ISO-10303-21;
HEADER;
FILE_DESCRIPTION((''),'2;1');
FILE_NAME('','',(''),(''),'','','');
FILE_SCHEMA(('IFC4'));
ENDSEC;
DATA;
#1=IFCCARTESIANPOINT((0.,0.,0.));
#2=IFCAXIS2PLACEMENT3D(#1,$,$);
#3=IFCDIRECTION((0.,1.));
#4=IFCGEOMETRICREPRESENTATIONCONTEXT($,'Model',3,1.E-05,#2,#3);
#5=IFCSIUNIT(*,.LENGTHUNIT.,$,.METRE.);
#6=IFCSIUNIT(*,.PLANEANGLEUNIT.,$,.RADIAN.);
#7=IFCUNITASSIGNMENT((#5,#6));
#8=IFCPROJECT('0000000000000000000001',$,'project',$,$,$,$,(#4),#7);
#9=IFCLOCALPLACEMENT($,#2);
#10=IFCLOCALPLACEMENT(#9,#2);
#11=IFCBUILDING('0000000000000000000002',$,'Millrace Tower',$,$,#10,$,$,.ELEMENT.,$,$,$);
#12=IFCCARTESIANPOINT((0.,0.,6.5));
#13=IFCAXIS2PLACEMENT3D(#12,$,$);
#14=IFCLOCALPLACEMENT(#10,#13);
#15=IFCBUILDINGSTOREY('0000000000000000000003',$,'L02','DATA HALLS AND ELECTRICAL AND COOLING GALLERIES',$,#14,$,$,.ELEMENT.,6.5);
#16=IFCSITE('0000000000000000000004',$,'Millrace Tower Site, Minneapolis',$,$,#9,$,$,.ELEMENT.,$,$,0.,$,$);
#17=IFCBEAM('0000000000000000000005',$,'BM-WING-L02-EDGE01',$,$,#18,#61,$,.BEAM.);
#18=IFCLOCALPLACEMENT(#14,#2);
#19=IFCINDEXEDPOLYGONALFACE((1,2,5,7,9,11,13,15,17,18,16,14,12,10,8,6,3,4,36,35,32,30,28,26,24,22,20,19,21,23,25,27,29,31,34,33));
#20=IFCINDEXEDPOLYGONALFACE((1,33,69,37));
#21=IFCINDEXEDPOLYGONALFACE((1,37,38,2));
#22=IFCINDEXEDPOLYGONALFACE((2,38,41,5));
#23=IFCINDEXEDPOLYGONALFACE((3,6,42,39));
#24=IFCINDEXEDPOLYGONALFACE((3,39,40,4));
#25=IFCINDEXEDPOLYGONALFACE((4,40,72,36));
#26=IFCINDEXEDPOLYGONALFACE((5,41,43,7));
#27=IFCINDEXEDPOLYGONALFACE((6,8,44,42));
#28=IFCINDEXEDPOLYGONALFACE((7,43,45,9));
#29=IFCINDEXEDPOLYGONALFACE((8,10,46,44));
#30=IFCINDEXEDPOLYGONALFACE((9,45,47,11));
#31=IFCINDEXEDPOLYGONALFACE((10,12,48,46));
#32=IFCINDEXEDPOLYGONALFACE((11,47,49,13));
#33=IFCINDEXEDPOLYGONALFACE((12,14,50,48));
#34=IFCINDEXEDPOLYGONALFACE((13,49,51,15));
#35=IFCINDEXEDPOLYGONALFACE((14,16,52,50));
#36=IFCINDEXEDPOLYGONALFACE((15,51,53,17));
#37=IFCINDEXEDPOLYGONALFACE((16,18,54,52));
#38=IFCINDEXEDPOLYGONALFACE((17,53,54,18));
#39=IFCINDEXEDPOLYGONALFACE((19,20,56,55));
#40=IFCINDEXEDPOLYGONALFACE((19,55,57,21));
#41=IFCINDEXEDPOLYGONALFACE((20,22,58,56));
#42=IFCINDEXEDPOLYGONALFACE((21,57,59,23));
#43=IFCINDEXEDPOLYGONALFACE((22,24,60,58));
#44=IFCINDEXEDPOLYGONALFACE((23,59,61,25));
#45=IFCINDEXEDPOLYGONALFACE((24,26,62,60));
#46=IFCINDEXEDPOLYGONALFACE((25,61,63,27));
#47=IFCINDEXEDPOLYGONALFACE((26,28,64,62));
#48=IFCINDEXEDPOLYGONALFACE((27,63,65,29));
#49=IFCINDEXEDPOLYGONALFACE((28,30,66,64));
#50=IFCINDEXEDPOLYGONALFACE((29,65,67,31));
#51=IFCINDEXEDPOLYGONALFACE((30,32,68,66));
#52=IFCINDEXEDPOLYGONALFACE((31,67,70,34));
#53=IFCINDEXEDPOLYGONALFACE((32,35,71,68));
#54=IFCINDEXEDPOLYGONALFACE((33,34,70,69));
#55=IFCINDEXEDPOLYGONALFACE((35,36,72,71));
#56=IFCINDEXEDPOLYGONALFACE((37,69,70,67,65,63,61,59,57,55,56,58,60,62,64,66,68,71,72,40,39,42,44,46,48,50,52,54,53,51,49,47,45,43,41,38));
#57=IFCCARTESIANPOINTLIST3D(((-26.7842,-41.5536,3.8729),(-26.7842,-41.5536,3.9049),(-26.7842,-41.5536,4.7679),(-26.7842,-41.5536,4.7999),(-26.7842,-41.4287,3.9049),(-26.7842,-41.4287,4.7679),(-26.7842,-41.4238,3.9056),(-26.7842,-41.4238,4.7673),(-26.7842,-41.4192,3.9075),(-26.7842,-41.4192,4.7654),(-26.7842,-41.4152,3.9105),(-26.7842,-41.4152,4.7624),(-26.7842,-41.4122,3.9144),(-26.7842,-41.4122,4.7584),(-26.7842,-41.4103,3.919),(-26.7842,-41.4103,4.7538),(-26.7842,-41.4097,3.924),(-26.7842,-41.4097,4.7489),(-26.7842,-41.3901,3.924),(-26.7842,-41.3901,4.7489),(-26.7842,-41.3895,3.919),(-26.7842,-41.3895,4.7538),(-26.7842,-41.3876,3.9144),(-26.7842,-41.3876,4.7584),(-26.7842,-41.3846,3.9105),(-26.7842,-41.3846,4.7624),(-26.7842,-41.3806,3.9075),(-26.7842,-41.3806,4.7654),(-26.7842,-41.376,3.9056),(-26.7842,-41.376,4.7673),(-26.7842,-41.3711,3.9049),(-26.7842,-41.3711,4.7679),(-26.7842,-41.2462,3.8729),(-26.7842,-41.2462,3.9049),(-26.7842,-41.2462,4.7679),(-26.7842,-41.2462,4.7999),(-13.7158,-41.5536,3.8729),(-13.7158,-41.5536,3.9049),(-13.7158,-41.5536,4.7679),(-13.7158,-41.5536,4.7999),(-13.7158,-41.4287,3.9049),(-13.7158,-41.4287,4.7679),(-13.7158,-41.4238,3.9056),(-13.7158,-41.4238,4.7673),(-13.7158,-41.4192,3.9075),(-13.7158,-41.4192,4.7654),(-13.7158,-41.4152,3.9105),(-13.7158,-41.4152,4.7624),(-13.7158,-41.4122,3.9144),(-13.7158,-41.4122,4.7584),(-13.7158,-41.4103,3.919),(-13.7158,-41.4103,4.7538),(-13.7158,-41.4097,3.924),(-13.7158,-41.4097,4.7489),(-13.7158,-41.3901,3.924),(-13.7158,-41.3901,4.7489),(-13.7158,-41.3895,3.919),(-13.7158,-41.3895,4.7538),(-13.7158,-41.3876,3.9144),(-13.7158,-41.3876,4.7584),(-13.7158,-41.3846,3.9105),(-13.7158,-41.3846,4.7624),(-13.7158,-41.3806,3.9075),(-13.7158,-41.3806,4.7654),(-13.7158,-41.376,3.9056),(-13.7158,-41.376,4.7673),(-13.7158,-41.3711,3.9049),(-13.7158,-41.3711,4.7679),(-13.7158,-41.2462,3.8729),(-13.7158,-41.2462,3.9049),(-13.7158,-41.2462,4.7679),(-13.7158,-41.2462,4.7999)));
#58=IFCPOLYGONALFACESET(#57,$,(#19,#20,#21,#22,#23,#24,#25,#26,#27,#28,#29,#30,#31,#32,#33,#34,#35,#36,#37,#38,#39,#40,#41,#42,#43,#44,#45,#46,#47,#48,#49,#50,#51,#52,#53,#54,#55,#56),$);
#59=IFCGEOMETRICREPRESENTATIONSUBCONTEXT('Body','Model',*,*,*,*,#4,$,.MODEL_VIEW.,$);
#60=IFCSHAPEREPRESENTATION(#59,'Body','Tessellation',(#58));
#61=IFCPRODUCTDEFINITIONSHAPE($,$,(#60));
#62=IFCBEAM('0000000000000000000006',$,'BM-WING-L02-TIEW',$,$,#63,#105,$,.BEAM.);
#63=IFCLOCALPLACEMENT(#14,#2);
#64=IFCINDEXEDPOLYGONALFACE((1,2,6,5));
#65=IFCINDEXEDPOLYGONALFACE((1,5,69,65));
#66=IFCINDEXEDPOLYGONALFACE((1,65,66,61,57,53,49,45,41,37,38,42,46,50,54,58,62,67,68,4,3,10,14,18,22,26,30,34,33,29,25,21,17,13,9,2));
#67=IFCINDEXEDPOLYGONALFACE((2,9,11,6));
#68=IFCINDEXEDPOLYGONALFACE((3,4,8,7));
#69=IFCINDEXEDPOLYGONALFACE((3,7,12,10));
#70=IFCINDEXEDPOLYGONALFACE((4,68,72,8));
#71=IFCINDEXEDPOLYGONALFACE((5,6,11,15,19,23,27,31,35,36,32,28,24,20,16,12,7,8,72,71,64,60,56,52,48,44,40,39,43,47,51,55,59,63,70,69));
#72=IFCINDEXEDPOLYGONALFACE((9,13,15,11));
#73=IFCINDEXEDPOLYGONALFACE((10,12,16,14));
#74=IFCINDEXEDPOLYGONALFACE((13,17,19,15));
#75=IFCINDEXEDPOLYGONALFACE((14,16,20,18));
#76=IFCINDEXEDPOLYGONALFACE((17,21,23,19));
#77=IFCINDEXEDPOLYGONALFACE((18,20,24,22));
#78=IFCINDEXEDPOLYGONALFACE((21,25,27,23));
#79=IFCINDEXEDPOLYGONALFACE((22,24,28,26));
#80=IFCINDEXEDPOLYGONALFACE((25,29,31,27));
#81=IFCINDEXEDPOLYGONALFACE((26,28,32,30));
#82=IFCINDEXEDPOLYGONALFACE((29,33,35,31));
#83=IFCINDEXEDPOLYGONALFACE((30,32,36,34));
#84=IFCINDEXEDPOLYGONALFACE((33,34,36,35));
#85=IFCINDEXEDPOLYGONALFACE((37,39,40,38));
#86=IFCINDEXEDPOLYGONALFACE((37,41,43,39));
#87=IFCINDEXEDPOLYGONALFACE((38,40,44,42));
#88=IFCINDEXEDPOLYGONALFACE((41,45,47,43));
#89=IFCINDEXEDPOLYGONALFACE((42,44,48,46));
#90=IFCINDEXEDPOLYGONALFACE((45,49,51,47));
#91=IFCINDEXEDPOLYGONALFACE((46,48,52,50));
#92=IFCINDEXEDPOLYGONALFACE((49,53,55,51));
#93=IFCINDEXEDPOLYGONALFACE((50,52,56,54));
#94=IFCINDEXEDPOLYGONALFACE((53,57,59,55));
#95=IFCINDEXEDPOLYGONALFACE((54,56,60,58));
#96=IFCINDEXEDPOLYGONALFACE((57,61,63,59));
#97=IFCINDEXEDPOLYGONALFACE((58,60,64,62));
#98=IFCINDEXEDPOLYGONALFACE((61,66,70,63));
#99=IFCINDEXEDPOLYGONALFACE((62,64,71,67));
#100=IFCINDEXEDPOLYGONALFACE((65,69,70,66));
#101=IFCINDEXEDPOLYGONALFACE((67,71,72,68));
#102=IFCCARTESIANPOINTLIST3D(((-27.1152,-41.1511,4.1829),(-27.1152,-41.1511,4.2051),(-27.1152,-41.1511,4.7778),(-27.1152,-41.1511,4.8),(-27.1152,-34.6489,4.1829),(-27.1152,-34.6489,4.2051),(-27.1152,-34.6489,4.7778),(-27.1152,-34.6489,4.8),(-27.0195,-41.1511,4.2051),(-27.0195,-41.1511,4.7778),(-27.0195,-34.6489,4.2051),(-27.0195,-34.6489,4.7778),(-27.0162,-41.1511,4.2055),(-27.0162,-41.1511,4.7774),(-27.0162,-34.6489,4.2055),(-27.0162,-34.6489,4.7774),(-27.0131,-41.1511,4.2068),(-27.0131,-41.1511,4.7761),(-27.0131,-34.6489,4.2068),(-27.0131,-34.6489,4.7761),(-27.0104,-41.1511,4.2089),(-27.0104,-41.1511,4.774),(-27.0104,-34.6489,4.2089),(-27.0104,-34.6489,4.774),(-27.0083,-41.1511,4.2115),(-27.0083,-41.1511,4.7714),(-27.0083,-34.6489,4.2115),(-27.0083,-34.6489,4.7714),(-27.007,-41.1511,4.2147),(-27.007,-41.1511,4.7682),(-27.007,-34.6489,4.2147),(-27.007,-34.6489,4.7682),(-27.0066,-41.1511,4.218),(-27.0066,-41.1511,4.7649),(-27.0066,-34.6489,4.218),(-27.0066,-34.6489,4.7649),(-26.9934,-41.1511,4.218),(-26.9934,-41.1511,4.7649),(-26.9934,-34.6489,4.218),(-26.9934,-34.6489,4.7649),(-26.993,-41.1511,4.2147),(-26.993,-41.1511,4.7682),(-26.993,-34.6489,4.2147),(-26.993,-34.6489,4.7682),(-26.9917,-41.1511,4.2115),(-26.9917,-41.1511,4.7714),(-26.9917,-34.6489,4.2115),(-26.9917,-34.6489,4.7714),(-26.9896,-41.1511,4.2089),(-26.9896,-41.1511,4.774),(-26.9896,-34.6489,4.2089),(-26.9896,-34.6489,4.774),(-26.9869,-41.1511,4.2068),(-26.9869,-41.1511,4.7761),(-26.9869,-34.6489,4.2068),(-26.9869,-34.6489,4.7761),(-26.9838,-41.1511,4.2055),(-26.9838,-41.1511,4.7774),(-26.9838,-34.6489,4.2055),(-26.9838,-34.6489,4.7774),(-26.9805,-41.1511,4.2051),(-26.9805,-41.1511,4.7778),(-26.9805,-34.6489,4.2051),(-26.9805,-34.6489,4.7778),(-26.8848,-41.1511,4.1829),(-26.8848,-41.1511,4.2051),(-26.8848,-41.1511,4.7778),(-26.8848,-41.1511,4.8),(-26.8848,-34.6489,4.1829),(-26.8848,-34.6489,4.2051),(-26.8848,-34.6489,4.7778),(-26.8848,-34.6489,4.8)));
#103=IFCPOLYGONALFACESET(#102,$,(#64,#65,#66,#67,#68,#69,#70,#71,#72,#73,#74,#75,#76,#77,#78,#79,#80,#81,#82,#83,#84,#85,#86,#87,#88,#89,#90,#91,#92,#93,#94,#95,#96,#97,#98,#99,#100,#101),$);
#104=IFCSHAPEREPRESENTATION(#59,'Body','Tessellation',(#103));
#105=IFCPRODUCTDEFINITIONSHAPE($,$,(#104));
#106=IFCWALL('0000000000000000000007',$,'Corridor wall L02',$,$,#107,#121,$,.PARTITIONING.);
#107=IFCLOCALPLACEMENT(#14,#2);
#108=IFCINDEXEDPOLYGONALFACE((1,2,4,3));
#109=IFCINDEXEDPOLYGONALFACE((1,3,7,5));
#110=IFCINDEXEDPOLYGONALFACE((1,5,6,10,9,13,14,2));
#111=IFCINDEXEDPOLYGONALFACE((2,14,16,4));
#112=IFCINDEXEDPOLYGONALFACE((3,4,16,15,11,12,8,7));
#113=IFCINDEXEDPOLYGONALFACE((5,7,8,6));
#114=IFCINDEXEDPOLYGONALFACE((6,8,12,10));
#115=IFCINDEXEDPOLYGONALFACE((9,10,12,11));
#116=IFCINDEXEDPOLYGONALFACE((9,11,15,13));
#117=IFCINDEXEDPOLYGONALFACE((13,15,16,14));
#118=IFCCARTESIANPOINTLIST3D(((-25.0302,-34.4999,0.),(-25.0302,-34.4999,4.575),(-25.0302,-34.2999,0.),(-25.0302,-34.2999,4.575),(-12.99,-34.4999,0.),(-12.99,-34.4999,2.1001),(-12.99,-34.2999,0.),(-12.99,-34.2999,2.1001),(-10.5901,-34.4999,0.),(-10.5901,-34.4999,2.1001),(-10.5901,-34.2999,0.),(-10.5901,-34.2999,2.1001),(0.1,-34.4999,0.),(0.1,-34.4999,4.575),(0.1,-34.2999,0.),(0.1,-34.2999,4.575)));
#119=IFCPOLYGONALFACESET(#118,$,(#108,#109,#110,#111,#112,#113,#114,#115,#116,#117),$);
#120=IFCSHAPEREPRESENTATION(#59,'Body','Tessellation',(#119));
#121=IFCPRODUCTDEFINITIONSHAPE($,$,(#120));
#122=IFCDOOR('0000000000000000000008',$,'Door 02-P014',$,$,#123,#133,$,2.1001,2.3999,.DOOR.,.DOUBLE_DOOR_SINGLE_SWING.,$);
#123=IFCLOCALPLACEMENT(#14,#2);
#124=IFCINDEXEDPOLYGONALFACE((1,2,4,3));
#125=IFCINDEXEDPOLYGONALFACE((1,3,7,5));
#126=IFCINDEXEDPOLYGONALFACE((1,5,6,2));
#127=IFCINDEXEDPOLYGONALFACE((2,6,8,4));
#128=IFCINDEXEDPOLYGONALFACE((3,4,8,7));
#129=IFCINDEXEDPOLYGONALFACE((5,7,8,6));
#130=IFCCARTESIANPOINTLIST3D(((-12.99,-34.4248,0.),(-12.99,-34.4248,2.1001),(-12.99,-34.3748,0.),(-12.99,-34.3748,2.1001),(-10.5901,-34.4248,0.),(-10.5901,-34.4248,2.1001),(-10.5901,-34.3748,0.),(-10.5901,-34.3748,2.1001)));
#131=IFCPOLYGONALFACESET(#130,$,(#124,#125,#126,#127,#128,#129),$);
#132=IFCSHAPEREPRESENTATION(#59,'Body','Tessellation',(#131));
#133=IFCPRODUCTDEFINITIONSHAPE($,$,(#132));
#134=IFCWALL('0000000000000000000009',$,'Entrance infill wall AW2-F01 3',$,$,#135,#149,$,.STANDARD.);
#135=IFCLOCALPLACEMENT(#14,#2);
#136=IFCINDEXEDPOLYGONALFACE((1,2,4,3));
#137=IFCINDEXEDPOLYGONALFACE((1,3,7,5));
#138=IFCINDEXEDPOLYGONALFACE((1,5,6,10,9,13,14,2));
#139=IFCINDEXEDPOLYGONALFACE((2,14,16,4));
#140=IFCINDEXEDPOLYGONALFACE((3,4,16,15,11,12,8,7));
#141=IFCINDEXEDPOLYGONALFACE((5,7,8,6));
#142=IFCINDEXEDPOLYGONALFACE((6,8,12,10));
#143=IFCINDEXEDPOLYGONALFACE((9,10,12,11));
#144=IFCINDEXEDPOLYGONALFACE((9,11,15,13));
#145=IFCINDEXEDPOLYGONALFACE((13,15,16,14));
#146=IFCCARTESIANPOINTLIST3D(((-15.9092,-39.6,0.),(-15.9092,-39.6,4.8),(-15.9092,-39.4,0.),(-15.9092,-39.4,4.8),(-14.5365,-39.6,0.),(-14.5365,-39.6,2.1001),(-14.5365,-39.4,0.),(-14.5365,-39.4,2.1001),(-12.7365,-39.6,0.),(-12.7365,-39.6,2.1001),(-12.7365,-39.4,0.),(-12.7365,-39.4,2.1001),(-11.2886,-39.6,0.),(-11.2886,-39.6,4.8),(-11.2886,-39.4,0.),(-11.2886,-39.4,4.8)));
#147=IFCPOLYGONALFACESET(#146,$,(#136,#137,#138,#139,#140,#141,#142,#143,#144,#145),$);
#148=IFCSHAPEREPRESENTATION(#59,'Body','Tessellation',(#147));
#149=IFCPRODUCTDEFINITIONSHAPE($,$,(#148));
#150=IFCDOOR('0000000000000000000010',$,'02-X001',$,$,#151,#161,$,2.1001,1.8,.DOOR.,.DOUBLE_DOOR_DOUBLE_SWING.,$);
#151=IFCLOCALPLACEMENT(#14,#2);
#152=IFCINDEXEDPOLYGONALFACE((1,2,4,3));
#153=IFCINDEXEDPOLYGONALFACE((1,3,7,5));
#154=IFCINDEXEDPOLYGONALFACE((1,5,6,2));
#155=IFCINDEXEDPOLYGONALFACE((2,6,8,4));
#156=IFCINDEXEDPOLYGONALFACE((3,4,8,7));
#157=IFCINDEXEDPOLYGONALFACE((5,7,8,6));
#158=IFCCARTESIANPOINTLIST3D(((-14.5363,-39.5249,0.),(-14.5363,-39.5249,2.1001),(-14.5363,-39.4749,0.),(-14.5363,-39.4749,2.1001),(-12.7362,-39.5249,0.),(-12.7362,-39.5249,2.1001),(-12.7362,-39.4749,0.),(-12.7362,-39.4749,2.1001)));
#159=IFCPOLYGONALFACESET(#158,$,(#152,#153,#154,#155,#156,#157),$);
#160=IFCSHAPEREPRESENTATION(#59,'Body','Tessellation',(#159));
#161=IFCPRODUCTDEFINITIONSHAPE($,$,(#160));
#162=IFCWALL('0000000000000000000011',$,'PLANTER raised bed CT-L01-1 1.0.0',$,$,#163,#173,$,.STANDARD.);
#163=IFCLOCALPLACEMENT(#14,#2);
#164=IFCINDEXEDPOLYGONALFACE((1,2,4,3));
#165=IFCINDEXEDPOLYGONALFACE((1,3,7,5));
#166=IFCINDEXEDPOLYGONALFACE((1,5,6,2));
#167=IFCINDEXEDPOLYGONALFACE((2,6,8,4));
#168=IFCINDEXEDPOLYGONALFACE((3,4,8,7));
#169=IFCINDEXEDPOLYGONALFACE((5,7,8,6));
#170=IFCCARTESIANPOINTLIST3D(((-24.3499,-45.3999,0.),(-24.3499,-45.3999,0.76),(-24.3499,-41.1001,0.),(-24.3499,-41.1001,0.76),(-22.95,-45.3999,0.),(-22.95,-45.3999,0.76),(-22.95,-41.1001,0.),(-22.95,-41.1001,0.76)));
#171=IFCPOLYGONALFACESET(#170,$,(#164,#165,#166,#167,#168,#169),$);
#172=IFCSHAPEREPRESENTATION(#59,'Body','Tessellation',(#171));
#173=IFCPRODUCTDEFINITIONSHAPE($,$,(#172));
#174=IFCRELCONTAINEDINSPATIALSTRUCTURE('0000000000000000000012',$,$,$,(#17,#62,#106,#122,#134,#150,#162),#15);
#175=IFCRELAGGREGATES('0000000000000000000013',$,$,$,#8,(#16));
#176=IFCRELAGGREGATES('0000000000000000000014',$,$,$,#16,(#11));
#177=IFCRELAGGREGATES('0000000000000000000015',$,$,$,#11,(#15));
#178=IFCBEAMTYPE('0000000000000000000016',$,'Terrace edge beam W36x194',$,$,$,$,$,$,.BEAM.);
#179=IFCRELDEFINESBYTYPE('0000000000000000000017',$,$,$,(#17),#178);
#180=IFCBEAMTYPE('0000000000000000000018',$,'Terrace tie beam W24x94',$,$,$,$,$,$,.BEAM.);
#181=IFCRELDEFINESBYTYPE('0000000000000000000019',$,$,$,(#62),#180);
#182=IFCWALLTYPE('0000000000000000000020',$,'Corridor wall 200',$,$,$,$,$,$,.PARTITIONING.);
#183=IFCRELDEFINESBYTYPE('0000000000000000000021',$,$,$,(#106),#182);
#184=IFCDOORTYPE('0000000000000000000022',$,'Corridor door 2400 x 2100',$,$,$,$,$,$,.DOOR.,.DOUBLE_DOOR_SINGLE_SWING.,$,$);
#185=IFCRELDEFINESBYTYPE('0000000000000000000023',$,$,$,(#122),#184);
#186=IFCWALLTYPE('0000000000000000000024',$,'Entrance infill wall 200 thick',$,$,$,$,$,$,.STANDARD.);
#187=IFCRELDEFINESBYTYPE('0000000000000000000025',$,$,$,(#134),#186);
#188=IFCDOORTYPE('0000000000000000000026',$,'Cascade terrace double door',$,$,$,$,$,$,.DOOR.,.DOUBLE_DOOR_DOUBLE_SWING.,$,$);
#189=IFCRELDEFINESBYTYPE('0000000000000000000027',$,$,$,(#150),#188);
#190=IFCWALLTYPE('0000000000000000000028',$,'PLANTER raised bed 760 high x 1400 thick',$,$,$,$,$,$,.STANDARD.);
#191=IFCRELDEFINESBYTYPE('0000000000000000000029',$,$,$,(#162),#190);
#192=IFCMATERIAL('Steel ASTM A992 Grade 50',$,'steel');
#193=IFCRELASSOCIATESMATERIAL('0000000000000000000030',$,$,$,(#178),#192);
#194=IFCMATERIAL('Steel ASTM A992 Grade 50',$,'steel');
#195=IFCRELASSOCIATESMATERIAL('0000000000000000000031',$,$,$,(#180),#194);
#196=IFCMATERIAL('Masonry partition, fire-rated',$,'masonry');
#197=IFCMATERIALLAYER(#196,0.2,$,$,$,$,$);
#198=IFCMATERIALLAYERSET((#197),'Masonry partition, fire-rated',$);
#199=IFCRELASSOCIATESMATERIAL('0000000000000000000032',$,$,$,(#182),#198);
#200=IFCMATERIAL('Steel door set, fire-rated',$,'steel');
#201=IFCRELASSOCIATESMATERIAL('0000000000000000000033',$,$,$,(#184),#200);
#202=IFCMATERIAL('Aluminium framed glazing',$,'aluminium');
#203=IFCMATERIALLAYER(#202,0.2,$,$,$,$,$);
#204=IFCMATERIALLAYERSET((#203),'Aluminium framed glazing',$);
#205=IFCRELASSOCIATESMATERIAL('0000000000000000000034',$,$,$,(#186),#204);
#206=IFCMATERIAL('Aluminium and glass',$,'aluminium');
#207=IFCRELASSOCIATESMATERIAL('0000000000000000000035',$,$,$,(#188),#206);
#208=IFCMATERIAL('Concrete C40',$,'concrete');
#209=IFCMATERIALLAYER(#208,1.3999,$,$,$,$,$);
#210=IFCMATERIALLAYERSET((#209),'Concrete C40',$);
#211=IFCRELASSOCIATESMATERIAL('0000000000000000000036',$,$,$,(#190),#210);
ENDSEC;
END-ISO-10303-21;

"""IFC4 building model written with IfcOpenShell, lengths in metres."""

from ifc_helpers import new_model, si_unit, direction, frame, frame_2d, origin, origin_2d, place, context, subcontext, project, spatial, rectangle, i_section, extrude, material, layer, layer_set, material_profile, profile_set, type_object, element, fill, save


model = new_model("IFC4")

# Units and contexts
model_context = context("Model", 3, precision=1e-05, world=origin(), true_north=direction((0.0, 1.0)))
body_context = subcontext(model_context, "Body", "Model", "MODEL_VIEW")
ifc_project = project(units=[si_unit("LENGTHUNIT", "METRE"), si_unit("PLANEANGLEUNIT", "RADIAN")], contexts=[model_context])

# Site, building, storey
site_placement = place(None, origin())
site = spatial("IfcSite", under=ifc_project, at=site_placement, Name="Millrace Tower Site, Minneapolis", CompositionType="ELEMENT", RefElevation=0.0)
building_placement = place(site_placement, origin())
building = spatial("IfcBuilding", under=site, at=building_placement, Name="Millrace Tower", CompositionType="ELEMENT")
storey_placement = place(building_placement, frame((0.0, 0.0, 6.5)))
storey = spatial("IfcBuildingStorey", under=building, at=storey_placement, Name="L02", Description="DATA HALLS AND ELECTRICAL AND COOLING GALLERIES", CompositionType="ELEMENT", Elevation=6.5)

# Beams
ifc_material_1 = material(Name="Steel ASTM A992 Grade 50", Category="steel")
ifc_material_profile_1 = material_profile(ifc_material_1, i_section(OverallWidth=0.3074, OverallDepth=0.927, WebThickness=0.0195, FlangeThickness=0.032, FilletRadius=0.019, at=origin_2d()))
ifc_profile_set_1 = profile_set([ifc_material_profile_1], Name="Steel ASTM A992 Grade 50")
beam_type_1 = type_object("IfcBeamType", Name="Terrace edge beam W36x194", PredefinedType="BEAM", material=ifc_profile_set_1)
beam_1_placement = place(storey_placement, frame((-26.7842, -41.3999, 4.3364), z_axis=(1.0, 0.0, 0.0), x_axis=(0.0, 1.0, 0.0)))
element("IfcBeam", 1, at=beam_1_placement, inside=storey, type_object=beam_type_1, Name="BM-WING-L02-EDGE01", PredefinedType="BEAM", context=body_context, shape_type="SweptSolid", body=[
    extrude(i_section(OverallWidth=0.3074, OverallDepth=0.927, WebThickness=0.0195, FlangeThickness=0.032, FilletRadius=0.019, at=origin_2d()), origin(), (0.0, 0.0, 1.0), 13.0684),
])
ifc_material_2 = material(Name="Steel ASTM A992 Grade 50", Category="steel")
ifc_material_profile_2 = material_profile(ifc_material_2, i_section(OverallWidth=0.2305, OverallDepth=0.6172, WebThickness=0.0132, FlangeThickness=0.0222, FilletRadius=0.0129, at=origin_2d()))
ifc_profile_set_2 = profile_set([ifc_material_profile_2], Name="Steel ASTM A992 Grade 50")
beam_type_2 = type_object("IfcBeamType", Name="Terrace tie beam W24x94", PredefinedType="BEAM", material=ifc_profile_set_2)
beam_2_placement = place(storey_placement, frame((-27.0, -41.1511, 4.4915), z_axis=(0.0, 1.0, 0.0), x_axis=(-1.0, 0.0, 0.0)))
element("IfcBeam", 2, at=beam_2_placement, inside=storey, type_object=beam_type_2, Name="BM-WING-L02-TIEW", PredefinedType="BEAM", context=body_context, shape_type="SweptSolid", body=[
    extrude(i_section(OverallWidth=0.2305, OverallDepth=0.6172, WebThickness=0.0132, FlangeThickness=0.0222, FilletRadius=0.0129, at=origin_2d()), origin(), (0.0, 0.0, 1.0), 6.5022),
])

# Walls, openings, doors
ifc_material_3 = material(Name="Masonry partition, fire-rated", Category="masonry")
ifc_layer_1 = layer(ifc_material_3, 0.2)
ifc_layer_set_1 = layer_set([ifc_layer_1], Name="Masonry partition, fire-rated")
wall_type_1 = type_object("IfcWallType", Name="Corridor wall 200", PredefinedType="PARTITIONING", material=ifc_layer_set_1)
wall_1_placement = place(storey_placement, frame((-25.03, -34.3999, 0.0), z_axis=(0.0, 0.0, 1.0), x_axis=(1.0, 0.0, 0.0)))
wall_1 = element("IfcWall", 3, at=wall_1_placement, inside=storey, type_object=wall_type_1, Name="Corridor wall L02", PredefinedType="PARTITIONING", context=body_context, shape_type="SweptSolid", body=[
    extrude(rectangle(XDim=25.1301, YDim=0.2, at=frame_2d((12.5649, 0.0))), origin(), (0.0, 0.0, 1.0), 4.575),
])
opening_1_placement = place(wall_1_placement, frame((12.04, 0.0, 0.0)))
opening_1 = element("IfcOpeningElement", 4, at=opening_1_placement, cuts=wall_1, PredefinedType="OPENING", context=body_context, shape_type="SweptSolid", body=[
    extrude(rectangle(XDim=2.3999, YDim=2.1001, at=frame_2d((1.2, 1.05))), frame((0.0, 0.1099, 0.0), z_axis=(0.0, -1.0, 0.0), x_axis=(1.0, 0.0, 0.0)), (0.0, 0.0, 1.0), 0.22),
])
ifc_material_4 = material(Name="Steel door set, fire-rated", Category="steel")
door_type_1 = type_object("IfcDoorType", Name="Corridor door 2400 x 2100", OperationType="DOUBLE_DOOR_SINGLE_SWING", PredefinedType="DOOR", material=ifc_material_4)
door_1_placement = place(opening_1_placement, frame((2.3999, 0.0, 0.0), z_axis=(0.0, 0.0, 1.0), x_axis=(-1.0, 0.0, 0.0)))
door_1 = element("IfcDoor", 5, at=door_1_placement, inside=storey, type_object=door_type_1, Name="Door 02-P014", OperationType="DOUBLE_DOOR_SINGLE_SWING", OverallHeight=2.1001, OverallWidth=2.3999, PredefinedType="DOOR", context=body_context, shape_type="SweptSolid", body=[
    extrude(rectangle(XDim=2.3999, YDim=2.1001, at=frame_2d((1.2, 1.05))), frame((0.0, 0.0249, 0.0), z_axis=(0.0, -1.0, 0.0), x_axis=(1.0, 0.0, 0.0)), (0.0, 0.0, 1.0), 0.05),
])
fill(opening_1, door_1)
ifc_material_5 = material(Name="Aluminium framed glazing", Category="aluminium")
ifc_layer_2 = layer(ifc_material_5, 0.2)
ifc_layer_set_2 = layer_set([ifc_layer_2], Name="Aluminium framed glazing")
wall_type_2 = type_object("IfcWallType", Name="Entrance infill wall 200 thick", PredefinedType="STANDARD", material=ifc_layer_set_2)
wall_2_placement = place(storey_placement, frame((-15.9092, -39.5, 0.0), z_axis=(0.0, 0.0, 1.0), x_axis=(1.0, 0.0, 0.0)))
wall_2 = element("IfcWall", 6, at=wall_2_placement, inside=storey, type_object=wall_type_2, Name="Entrance infill wall AW2-F01 3", PredefinedType="STANDARD", context=body_context, shape_type="SweptSolid", body=[
    extrude(rectangle(XDim=4.6206, YDim=0.2, at=frame_2d((2.3103, 0.0))), origin(), (0.0, 0.0, 1.0), 4.8),
])
opening_2_placement = place(wall_2_placement, frame((1.3728, 0.0, 0.0)))
opening_2 = element("IfcOpeningElement", 7, at=opening_2_placement, cuts=wall_2, PredefinedType="OPENING", context=body_context, shape_type="SweptSolid", body=[
    extrude(rectangle(XDim=1.8, YDim=2.1001, at=frame_2d((0.8999, 1.05))), frame((0.0, 0.1099, 0.0), z_axis=(0.0, -1.0, 0.0), x_axis=(1.0, 0.0, 0.0)), (0.0, 0.0, 1.0), 0.22),
])
ifc_material_6 = material(Name="Aluminium and glass", Category="aluminium")
door_type_2 = type_object("IfcDoorType", Name="Cascade terrace double door", OperationType="DOUBLE_DOOR_DOUBLE_SWING", PredefinedType="DOOR", material=ifc_material_6)
door_2_placement = place(opening_2_placement, frame((1.8, 0.0, 0.0), z_axis=(0.0, 0.0, 1.0), x_axis=(-1.0, 0.0, 0.0)))
door_2 = element("IfcDoor", 8, at=door_2_placement, inside=storey, type_object=door_type_2, Name="02-X001", OperationType="DOUBLE_DOOR_DOUBLE_SWING", OverallHeight=2.1001, OverallWidth=1.8, PredefinedType="DOOR", context=body_context, shape_type="SweptSolid", body=[
    extrude(rectangle(XDim=1.8, YDim=2.1001, at=frame_2d((0.8999, 1.05))), frame((0.0, 0.0249, 0.0), z_axis=(0.0, -1.0, 0.0), x_axis=(1.0, 0.0, 0.0)), (0.0, 0.0, 1.0), 0.05),
])
fill(opening_2, door_2)

# Wall
ifc_material_7 = material(Name="Concrete C40", Category="concrete")
ifc_layer_3 = layer(ifc_material_7, 1.3999)
ifc_layer_set_3 = layer_set([ifc_layer_3], Name="Concrete C40")
wall_type_3 = type_object("IfcWallType", Name="PLANTER raised bed 760 high x 1400 thick", PredefinedType="STANDARD", material=ifc_layer_set_3)
wall_3_placement = place(storey_placement, frame((-23.6499, -41.1001, 0.0), z_axis=(0.0, 0.0, 1.0), x_axis=(0.0, -1.0, 0.0)))
element("IfcWall", 9, at=wall_3_placement, inside=storey, type_object=wall_type_3, Name="PLANTER raised bed CT-L01-1 1.0.0", PredefinedType="STANDARD", context=body_context, shape_type="SweptSolid", body=[
    extrude(rectangle(XDim=4.2998, YDim=1.3999, at=frame_2d((2.1499, 0.0))), origin(), (0.0, 0.0, 1.0), 0.76),
])

save(model, "model.ifc")
